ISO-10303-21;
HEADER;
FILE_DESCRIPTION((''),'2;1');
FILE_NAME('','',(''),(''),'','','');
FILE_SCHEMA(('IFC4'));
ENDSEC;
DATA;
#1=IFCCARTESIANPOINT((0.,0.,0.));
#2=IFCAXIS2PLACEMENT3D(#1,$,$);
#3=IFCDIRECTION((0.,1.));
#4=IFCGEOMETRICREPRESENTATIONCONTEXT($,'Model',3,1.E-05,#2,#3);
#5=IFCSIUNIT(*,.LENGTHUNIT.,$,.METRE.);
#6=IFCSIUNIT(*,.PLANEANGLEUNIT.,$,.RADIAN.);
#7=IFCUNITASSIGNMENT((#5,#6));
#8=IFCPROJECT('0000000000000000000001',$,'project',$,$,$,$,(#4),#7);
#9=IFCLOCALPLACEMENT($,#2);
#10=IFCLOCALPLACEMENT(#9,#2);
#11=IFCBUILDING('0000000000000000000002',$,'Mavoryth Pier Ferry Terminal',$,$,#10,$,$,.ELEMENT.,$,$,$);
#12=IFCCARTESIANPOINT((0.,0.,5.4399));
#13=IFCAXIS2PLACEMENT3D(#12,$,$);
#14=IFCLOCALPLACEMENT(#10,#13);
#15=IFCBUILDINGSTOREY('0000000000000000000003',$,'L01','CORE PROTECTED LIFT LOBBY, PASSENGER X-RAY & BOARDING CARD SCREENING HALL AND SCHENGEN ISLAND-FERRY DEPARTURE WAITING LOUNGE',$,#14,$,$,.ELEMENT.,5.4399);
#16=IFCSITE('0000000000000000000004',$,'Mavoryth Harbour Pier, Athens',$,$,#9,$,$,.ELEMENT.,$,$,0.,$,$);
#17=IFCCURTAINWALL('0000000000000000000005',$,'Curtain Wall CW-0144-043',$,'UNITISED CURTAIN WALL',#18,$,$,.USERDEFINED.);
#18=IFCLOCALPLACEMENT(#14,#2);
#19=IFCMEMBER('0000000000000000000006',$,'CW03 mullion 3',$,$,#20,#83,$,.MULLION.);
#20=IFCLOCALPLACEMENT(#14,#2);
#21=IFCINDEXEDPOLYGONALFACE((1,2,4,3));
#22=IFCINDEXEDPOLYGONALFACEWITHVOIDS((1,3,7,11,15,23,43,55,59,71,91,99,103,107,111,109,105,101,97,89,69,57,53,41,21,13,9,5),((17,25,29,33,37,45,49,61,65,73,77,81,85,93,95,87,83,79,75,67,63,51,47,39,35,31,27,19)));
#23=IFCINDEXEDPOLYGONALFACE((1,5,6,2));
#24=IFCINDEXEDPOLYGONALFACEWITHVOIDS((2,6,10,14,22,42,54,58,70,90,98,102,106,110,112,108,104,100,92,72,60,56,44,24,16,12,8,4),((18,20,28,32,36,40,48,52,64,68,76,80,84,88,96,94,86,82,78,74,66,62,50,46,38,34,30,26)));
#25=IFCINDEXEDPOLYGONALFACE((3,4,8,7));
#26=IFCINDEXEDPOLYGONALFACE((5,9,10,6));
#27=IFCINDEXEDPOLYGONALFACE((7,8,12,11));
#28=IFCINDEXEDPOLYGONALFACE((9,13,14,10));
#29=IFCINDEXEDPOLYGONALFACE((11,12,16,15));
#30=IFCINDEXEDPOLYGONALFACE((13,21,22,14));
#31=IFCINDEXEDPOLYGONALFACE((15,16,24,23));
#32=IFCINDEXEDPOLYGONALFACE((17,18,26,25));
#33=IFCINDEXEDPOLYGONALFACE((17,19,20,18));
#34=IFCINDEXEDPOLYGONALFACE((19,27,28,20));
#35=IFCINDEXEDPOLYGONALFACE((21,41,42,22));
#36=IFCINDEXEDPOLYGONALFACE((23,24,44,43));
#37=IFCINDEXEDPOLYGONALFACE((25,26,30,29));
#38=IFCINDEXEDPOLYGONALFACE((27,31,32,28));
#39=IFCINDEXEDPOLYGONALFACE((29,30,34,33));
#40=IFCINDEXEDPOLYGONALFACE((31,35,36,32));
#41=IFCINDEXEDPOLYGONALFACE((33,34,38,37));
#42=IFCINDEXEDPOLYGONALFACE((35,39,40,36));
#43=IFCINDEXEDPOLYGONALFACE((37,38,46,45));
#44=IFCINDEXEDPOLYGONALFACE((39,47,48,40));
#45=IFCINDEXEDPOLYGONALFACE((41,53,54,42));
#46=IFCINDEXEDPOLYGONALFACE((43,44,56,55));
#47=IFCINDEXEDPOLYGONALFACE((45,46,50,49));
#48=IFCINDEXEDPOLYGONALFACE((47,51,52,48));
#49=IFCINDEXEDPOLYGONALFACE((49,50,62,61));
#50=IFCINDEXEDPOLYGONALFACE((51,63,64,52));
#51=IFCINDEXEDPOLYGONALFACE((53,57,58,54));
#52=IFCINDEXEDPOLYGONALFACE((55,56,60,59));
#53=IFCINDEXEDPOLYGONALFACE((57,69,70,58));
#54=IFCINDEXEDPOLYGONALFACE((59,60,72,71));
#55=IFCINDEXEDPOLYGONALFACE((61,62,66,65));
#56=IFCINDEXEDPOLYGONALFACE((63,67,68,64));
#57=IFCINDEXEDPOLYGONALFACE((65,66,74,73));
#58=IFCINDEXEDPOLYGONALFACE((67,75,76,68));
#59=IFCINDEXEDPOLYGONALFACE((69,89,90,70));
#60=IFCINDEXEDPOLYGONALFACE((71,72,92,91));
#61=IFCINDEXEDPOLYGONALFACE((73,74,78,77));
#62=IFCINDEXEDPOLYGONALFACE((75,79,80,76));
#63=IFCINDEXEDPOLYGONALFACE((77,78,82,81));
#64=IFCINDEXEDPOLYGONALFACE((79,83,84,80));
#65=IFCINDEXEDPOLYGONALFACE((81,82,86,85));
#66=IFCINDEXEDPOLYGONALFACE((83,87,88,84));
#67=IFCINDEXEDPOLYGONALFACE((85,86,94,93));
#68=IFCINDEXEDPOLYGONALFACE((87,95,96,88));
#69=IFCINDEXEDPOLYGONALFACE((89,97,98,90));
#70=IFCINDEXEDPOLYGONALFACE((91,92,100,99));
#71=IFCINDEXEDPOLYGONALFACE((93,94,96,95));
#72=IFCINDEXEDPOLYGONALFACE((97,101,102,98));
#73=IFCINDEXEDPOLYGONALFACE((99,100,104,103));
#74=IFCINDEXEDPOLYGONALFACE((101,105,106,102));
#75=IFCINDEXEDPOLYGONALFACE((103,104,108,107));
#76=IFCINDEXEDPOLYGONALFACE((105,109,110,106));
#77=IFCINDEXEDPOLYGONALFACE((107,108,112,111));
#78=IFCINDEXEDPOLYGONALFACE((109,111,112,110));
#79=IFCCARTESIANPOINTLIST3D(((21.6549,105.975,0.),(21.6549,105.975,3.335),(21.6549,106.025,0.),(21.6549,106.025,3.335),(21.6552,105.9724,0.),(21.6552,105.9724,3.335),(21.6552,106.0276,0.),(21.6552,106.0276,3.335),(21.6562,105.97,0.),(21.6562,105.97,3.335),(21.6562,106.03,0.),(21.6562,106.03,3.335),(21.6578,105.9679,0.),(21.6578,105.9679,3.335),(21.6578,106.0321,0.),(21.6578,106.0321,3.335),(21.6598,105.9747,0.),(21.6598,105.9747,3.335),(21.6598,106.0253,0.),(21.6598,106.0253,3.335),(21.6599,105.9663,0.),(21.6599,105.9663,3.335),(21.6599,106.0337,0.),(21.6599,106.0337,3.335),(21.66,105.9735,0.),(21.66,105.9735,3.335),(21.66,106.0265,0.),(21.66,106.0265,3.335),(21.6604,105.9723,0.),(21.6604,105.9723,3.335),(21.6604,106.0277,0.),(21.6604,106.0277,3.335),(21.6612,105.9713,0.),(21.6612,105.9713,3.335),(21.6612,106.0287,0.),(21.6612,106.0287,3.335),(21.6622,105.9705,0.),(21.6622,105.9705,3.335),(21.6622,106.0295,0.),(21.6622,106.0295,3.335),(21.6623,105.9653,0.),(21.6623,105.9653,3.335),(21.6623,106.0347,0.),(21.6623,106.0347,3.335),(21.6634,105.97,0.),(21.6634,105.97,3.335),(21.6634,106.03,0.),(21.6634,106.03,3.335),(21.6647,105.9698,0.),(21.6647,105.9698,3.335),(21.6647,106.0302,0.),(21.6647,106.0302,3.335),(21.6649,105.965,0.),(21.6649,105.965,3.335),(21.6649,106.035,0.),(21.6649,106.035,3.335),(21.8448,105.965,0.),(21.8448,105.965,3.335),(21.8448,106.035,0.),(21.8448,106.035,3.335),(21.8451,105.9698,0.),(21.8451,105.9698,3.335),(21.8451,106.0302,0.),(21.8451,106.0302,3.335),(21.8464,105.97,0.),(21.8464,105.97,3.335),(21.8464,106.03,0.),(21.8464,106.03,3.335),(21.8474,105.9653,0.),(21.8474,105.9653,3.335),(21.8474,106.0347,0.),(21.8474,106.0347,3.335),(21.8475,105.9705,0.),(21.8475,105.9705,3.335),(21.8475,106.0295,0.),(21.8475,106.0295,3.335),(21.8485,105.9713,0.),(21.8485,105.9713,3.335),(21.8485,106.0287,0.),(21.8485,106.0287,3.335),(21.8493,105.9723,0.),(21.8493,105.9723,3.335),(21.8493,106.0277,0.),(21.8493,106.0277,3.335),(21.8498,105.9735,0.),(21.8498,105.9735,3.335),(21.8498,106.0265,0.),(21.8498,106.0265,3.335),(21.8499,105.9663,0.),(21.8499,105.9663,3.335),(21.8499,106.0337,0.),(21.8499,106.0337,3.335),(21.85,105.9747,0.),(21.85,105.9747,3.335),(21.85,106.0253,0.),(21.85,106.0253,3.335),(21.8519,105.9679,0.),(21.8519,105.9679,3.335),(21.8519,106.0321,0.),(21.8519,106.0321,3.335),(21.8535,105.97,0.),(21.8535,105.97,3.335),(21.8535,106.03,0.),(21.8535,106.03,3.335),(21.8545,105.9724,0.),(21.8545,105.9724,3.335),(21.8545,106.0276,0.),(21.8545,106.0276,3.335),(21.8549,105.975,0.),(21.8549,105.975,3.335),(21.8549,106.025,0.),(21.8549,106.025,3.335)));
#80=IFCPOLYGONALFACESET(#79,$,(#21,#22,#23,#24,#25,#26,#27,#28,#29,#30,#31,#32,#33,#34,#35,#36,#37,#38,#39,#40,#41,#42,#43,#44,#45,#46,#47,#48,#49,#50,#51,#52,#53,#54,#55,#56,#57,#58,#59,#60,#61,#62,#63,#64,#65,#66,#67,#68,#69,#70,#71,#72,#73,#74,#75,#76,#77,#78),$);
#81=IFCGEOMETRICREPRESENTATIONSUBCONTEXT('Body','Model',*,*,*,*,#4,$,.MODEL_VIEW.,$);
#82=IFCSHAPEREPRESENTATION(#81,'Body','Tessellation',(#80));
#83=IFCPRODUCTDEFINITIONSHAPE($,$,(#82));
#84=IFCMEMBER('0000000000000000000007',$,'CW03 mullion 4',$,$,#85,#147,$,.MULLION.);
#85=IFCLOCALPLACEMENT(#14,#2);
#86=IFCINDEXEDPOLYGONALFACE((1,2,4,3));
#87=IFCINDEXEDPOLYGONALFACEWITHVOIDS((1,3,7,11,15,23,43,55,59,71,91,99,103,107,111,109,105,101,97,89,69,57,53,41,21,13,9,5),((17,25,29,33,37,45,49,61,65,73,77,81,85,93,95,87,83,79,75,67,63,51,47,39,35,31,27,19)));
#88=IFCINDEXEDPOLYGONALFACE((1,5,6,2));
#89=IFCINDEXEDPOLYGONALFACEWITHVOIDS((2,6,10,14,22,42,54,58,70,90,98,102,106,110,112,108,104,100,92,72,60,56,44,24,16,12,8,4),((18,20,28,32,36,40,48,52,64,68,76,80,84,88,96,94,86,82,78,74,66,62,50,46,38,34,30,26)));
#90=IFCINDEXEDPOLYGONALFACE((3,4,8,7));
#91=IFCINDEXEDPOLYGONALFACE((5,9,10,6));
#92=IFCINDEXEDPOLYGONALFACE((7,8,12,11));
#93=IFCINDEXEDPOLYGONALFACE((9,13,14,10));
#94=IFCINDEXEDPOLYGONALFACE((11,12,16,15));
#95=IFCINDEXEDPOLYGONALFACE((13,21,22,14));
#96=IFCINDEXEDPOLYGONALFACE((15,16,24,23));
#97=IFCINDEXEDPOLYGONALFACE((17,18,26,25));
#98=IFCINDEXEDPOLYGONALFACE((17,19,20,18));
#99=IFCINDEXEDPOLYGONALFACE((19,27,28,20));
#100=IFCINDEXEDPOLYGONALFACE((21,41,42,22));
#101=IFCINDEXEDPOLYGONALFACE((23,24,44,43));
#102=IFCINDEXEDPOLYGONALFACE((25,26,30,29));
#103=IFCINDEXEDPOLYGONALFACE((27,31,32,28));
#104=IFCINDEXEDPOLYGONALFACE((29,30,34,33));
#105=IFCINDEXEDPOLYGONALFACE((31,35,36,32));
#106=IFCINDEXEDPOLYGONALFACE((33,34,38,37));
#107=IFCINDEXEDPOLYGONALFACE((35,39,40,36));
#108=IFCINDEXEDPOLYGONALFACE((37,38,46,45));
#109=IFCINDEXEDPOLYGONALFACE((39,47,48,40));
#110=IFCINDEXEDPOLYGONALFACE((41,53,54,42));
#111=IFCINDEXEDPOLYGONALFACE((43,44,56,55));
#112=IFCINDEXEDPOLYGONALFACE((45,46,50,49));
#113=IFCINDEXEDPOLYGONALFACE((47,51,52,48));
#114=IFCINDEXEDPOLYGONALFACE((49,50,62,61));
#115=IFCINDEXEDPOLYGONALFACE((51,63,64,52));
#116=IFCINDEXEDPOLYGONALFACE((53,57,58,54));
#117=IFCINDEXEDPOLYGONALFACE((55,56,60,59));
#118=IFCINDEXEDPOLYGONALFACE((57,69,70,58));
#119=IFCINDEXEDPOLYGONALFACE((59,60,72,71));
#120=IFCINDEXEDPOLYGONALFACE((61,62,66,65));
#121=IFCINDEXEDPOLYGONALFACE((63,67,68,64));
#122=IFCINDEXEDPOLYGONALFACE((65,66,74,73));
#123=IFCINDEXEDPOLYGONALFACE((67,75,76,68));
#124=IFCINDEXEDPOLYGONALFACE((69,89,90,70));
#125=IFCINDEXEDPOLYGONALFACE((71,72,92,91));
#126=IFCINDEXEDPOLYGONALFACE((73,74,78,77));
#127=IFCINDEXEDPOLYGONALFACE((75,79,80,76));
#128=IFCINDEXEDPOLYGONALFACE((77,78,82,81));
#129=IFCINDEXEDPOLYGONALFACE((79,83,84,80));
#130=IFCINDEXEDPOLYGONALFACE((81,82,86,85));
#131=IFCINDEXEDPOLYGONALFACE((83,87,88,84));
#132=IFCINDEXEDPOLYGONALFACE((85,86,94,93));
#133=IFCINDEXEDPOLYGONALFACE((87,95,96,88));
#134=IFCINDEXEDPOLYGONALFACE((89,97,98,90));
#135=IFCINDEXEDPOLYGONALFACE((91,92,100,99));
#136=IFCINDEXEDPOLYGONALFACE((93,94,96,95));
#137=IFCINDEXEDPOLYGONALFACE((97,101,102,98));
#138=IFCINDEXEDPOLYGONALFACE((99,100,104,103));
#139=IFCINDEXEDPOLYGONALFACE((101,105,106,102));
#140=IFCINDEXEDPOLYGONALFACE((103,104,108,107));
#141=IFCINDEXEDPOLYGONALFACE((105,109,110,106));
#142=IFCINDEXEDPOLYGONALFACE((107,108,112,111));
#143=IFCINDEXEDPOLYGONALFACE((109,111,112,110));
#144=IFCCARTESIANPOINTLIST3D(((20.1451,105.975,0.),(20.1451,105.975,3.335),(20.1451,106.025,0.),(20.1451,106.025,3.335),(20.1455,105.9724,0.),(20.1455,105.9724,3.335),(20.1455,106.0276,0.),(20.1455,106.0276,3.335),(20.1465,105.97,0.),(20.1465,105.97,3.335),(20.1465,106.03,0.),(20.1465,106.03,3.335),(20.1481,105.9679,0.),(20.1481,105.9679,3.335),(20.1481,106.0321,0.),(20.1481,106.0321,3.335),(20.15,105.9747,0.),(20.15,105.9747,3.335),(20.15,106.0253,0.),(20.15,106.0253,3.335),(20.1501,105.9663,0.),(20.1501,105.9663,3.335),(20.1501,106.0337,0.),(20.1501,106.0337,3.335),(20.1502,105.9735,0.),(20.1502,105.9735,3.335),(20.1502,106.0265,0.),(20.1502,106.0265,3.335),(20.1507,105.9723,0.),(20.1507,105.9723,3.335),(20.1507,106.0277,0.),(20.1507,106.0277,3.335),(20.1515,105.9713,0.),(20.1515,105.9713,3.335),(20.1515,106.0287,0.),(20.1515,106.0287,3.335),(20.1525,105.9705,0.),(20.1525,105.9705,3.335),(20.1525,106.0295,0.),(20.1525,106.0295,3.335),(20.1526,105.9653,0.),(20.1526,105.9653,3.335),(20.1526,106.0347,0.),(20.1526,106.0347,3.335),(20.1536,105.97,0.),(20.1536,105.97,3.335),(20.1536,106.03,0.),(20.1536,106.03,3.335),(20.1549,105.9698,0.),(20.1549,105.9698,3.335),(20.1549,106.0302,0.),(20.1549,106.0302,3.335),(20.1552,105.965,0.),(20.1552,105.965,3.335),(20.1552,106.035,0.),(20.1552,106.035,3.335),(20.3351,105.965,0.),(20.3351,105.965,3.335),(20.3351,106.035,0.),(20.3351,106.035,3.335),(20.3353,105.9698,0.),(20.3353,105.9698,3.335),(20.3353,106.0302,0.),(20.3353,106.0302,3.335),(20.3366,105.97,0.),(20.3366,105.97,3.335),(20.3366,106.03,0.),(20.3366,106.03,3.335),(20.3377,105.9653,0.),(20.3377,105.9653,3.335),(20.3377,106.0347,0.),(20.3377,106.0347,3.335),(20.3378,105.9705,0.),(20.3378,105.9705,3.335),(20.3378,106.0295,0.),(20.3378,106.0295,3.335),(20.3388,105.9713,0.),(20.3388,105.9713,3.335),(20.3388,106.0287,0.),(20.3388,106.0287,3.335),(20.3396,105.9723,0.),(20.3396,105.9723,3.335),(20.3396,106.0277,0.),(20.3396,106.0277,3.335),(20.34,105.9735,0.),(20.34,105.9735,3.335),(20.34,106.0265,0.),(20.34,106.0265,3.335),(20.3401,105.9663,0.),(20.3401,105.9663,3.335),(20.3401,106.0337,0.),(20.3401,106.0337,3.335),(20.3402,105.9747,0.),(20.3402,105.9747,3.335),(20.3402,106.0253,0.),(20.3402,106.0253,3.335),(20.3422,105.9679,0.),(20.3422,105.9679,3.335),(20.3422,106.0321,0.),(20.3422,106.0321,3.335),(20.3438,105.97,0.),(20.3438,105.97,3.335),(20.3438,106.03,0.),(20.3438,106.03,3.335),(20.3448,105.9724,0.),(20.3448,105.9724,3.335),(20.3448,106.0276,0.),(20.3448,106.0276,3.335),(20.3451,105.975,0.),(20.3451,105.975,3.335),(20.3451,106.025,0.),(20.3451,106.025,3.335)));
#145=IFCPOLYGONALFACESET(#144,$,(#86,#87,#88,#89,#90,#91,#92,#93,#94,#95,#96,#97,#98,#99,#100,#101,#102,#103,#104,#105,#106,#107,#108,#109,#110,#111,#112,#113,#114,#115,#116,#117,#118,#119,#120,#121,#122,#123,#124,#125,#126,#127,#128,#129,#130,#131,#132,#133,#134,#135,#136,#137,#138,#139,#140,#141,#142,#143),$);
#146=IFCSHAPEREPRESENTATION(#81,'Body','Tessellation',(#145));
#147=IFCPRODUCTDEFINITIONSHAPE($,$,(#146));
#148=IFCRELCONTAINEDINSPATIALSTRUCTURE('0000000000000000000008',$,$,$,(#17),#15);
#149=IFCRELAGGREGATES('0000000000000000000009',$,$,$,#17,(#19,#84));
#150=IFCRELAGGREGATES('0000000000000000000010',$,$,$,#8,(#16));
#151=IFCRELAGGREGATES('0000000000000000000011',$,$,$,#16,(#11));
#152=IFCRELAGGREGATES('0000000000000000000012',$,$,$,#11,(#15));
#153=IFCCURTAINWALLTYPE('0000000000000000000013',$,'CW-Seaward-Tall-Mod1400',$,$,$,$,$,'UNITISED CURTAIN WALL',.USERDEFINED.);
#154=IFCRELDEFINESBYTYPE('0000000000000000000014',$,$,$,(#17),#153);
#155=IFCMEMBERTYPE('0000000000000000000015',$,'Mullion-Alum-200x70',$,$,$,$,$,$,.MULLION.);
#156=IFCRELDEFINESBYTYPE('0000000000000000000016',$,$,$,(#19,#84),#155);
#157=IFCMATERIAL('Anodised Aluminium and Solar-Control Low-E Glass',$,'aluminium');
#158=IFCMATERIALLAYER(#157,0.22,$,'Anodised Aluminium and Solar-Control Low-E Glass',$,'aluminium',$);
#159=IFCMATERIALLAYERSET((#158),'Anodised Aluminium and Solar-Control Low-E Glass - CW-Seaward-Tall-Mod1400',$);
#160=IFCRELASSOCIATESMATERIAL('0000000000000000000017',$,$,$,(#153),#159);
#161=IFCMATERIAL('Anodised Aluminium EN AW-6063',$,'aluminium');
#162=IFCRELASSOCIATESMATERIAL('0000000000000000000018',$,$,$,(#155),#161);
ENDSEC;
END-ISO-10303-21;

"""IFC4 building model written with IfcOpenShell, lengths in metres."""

from ifc_helpers import new_model, si_unit, direction, frame, origin, origin_2d, place, context, subcontext, project, spatial, hollow_rectangle, extrude, material, layer, layer_set, material_profile, profile_set, type_object, element, aggregate, save


model = new_model("IFC4")

# Units and contexts
model_context = context("Model", 3, precision=1e-05, world=origin(), true_north=direction((0.0, 1.0)))
body_context = subcontext(model_context, "Body", "Model", "MODEL_VIEW")
ifc_project = project(units=[si_unit("LENGTHUNIT", "METRE"), si_unit("PLANEANGLEUNIT", "RADIAN")], contexts=[model_context])

# Site, building, storey
site_placement = place(None, origin())
site = spatial("IfcSite", under=ifc_project, at=site_placement, Name="Mavoryth Harbour Pier, Athens", CompositionType="ELEMENT", RefElevation=0.0)
building_placement = place(site_placement, origin())
building = spatial("IfcBuilding", under=site, at=building_placement, Name="Mavoryth Pier Ferry Terminal", CompositionType="ELEMENT")
storey_placement = place(building_placement, frame((0.0, 0.0, 5.4399)))
storey = spatial("IfcBuildingStorey", under=building, at=storey_placement, Name="L01", Description="CORE PROTECTED LIFT LOBBY, PASSENGER X-RAY & BOARDING CARD SCREENING HALL AND SCHENGEN ISLAND-FERRY DEPARTURE WAITING LOUNGE", CompositionType="ELEMENT", Elevation=5.4399)

# Curtain wall, members
ifc_material_1 = material(Name="Anodised Aluminium and Solar-Control Low-E Glass", Category="aluminium")
ifc_layer_1 = layer(ifc_material_1, 0.22, Name="Anodised Aluminium and Solar-Control Low-E Glass", Category="aluminium")
ifc_layer_set_1 = layer_set([ifc_layer_1], Name="Anodised Aluminium and Solar-Control Low-E Glass - CW-Seaward-Tall-Mod1400")
curtain_wall_type = type_object("IfcCurtainWallType", Name="CW-Seaward-Tall-Mod1400", ElementType="UNITISED CURTAIN WALL", PredefinedType="USERDEFINED", material=ifc_layer_set_1)
curtain_wall_placement = place(storey_placement, origin())
curtain_wall = element("IfcCurtainWall", 1, at=curtain_wall_placement, inside=storey, type_object=curtain_wall_type, Name="Curtain Wall CW-0144-043", ObjectType="UNITISED CURTAIN WALL", PredefinedType="USERDEFINED")
ifc_material_2 = material(Name="Anodised Aluminium EN AW-6063", Category="aluminium")
ifc_material_profile_1 = material_profile(ifc_material_2, hollow_rectangle(XDim=0.0701, YDim=0.2, WallThickness=0.0049, InnerFilletRadius=0.0049, OuterFilletRadius=0.01, at=origin_2d()), Name="AL-MULL 200x70x5", Category="aluminium")
ifc_profile_set_1 = profile_set([ifc_material_profile_1], Name="Anodised Aluminium EN AW-6063 - AL-MULL 200x70x5")
member_type_1 = type_object("IfcMemberType", Name="Mullion-Alum-200x70", PredefinedType="MULLION", material=ifc_profile_set_1)
member_1_placement = place(storey_placement, frame((21.7549, 106.0, 0.0), z_axis=(0.0, 0.0, 1.0), x_axis=(0.0, -1.0, 0.0)))
member_1 = element("IfcMember", 2, at=member_1_placement, type_object=member_type_1, Name="CW03 mullion 3", PredefinedType="MULLION", context=body_context, shape_type="SweptSolid", body=[
    extrude(hollow_rectangle(XDim=0.0701, YDim=0.2, WallThickness=0.0049, InnerFilletRadius=0.0049, OuterFilletRadius=0.01, at=origin_2d()), origin(), (0.0, 0.0, 1.0), 3.335),
])
member_2_placement = place(storey_placement, frame((20.2451, 106.0, 0.0), z_axis=(0.0, 0.0, 1.0), x_axis=(0.0, -1.0, 0.0)))
member_2 = element("IfcMember", 3, at=member_2_placement, type_object=member_type_1, Name="CW03 mullion 4", PredefinedType="MULLION", context=body_context, shape_type="SweptSolid", body=[
    extrude(hollow_rectangle(XDim=0.0701, YDim=0.2, WallThickness=0.0049, InnerFilletRadius=0.0049, OuterFilletRadius=0.01, at=origin_2d()), origin(), (0.0, 0.0, 1.0), 3.335),
])

aggregate(curtain_wall, [member_1, member_2])

save(model, "model.ifc")
